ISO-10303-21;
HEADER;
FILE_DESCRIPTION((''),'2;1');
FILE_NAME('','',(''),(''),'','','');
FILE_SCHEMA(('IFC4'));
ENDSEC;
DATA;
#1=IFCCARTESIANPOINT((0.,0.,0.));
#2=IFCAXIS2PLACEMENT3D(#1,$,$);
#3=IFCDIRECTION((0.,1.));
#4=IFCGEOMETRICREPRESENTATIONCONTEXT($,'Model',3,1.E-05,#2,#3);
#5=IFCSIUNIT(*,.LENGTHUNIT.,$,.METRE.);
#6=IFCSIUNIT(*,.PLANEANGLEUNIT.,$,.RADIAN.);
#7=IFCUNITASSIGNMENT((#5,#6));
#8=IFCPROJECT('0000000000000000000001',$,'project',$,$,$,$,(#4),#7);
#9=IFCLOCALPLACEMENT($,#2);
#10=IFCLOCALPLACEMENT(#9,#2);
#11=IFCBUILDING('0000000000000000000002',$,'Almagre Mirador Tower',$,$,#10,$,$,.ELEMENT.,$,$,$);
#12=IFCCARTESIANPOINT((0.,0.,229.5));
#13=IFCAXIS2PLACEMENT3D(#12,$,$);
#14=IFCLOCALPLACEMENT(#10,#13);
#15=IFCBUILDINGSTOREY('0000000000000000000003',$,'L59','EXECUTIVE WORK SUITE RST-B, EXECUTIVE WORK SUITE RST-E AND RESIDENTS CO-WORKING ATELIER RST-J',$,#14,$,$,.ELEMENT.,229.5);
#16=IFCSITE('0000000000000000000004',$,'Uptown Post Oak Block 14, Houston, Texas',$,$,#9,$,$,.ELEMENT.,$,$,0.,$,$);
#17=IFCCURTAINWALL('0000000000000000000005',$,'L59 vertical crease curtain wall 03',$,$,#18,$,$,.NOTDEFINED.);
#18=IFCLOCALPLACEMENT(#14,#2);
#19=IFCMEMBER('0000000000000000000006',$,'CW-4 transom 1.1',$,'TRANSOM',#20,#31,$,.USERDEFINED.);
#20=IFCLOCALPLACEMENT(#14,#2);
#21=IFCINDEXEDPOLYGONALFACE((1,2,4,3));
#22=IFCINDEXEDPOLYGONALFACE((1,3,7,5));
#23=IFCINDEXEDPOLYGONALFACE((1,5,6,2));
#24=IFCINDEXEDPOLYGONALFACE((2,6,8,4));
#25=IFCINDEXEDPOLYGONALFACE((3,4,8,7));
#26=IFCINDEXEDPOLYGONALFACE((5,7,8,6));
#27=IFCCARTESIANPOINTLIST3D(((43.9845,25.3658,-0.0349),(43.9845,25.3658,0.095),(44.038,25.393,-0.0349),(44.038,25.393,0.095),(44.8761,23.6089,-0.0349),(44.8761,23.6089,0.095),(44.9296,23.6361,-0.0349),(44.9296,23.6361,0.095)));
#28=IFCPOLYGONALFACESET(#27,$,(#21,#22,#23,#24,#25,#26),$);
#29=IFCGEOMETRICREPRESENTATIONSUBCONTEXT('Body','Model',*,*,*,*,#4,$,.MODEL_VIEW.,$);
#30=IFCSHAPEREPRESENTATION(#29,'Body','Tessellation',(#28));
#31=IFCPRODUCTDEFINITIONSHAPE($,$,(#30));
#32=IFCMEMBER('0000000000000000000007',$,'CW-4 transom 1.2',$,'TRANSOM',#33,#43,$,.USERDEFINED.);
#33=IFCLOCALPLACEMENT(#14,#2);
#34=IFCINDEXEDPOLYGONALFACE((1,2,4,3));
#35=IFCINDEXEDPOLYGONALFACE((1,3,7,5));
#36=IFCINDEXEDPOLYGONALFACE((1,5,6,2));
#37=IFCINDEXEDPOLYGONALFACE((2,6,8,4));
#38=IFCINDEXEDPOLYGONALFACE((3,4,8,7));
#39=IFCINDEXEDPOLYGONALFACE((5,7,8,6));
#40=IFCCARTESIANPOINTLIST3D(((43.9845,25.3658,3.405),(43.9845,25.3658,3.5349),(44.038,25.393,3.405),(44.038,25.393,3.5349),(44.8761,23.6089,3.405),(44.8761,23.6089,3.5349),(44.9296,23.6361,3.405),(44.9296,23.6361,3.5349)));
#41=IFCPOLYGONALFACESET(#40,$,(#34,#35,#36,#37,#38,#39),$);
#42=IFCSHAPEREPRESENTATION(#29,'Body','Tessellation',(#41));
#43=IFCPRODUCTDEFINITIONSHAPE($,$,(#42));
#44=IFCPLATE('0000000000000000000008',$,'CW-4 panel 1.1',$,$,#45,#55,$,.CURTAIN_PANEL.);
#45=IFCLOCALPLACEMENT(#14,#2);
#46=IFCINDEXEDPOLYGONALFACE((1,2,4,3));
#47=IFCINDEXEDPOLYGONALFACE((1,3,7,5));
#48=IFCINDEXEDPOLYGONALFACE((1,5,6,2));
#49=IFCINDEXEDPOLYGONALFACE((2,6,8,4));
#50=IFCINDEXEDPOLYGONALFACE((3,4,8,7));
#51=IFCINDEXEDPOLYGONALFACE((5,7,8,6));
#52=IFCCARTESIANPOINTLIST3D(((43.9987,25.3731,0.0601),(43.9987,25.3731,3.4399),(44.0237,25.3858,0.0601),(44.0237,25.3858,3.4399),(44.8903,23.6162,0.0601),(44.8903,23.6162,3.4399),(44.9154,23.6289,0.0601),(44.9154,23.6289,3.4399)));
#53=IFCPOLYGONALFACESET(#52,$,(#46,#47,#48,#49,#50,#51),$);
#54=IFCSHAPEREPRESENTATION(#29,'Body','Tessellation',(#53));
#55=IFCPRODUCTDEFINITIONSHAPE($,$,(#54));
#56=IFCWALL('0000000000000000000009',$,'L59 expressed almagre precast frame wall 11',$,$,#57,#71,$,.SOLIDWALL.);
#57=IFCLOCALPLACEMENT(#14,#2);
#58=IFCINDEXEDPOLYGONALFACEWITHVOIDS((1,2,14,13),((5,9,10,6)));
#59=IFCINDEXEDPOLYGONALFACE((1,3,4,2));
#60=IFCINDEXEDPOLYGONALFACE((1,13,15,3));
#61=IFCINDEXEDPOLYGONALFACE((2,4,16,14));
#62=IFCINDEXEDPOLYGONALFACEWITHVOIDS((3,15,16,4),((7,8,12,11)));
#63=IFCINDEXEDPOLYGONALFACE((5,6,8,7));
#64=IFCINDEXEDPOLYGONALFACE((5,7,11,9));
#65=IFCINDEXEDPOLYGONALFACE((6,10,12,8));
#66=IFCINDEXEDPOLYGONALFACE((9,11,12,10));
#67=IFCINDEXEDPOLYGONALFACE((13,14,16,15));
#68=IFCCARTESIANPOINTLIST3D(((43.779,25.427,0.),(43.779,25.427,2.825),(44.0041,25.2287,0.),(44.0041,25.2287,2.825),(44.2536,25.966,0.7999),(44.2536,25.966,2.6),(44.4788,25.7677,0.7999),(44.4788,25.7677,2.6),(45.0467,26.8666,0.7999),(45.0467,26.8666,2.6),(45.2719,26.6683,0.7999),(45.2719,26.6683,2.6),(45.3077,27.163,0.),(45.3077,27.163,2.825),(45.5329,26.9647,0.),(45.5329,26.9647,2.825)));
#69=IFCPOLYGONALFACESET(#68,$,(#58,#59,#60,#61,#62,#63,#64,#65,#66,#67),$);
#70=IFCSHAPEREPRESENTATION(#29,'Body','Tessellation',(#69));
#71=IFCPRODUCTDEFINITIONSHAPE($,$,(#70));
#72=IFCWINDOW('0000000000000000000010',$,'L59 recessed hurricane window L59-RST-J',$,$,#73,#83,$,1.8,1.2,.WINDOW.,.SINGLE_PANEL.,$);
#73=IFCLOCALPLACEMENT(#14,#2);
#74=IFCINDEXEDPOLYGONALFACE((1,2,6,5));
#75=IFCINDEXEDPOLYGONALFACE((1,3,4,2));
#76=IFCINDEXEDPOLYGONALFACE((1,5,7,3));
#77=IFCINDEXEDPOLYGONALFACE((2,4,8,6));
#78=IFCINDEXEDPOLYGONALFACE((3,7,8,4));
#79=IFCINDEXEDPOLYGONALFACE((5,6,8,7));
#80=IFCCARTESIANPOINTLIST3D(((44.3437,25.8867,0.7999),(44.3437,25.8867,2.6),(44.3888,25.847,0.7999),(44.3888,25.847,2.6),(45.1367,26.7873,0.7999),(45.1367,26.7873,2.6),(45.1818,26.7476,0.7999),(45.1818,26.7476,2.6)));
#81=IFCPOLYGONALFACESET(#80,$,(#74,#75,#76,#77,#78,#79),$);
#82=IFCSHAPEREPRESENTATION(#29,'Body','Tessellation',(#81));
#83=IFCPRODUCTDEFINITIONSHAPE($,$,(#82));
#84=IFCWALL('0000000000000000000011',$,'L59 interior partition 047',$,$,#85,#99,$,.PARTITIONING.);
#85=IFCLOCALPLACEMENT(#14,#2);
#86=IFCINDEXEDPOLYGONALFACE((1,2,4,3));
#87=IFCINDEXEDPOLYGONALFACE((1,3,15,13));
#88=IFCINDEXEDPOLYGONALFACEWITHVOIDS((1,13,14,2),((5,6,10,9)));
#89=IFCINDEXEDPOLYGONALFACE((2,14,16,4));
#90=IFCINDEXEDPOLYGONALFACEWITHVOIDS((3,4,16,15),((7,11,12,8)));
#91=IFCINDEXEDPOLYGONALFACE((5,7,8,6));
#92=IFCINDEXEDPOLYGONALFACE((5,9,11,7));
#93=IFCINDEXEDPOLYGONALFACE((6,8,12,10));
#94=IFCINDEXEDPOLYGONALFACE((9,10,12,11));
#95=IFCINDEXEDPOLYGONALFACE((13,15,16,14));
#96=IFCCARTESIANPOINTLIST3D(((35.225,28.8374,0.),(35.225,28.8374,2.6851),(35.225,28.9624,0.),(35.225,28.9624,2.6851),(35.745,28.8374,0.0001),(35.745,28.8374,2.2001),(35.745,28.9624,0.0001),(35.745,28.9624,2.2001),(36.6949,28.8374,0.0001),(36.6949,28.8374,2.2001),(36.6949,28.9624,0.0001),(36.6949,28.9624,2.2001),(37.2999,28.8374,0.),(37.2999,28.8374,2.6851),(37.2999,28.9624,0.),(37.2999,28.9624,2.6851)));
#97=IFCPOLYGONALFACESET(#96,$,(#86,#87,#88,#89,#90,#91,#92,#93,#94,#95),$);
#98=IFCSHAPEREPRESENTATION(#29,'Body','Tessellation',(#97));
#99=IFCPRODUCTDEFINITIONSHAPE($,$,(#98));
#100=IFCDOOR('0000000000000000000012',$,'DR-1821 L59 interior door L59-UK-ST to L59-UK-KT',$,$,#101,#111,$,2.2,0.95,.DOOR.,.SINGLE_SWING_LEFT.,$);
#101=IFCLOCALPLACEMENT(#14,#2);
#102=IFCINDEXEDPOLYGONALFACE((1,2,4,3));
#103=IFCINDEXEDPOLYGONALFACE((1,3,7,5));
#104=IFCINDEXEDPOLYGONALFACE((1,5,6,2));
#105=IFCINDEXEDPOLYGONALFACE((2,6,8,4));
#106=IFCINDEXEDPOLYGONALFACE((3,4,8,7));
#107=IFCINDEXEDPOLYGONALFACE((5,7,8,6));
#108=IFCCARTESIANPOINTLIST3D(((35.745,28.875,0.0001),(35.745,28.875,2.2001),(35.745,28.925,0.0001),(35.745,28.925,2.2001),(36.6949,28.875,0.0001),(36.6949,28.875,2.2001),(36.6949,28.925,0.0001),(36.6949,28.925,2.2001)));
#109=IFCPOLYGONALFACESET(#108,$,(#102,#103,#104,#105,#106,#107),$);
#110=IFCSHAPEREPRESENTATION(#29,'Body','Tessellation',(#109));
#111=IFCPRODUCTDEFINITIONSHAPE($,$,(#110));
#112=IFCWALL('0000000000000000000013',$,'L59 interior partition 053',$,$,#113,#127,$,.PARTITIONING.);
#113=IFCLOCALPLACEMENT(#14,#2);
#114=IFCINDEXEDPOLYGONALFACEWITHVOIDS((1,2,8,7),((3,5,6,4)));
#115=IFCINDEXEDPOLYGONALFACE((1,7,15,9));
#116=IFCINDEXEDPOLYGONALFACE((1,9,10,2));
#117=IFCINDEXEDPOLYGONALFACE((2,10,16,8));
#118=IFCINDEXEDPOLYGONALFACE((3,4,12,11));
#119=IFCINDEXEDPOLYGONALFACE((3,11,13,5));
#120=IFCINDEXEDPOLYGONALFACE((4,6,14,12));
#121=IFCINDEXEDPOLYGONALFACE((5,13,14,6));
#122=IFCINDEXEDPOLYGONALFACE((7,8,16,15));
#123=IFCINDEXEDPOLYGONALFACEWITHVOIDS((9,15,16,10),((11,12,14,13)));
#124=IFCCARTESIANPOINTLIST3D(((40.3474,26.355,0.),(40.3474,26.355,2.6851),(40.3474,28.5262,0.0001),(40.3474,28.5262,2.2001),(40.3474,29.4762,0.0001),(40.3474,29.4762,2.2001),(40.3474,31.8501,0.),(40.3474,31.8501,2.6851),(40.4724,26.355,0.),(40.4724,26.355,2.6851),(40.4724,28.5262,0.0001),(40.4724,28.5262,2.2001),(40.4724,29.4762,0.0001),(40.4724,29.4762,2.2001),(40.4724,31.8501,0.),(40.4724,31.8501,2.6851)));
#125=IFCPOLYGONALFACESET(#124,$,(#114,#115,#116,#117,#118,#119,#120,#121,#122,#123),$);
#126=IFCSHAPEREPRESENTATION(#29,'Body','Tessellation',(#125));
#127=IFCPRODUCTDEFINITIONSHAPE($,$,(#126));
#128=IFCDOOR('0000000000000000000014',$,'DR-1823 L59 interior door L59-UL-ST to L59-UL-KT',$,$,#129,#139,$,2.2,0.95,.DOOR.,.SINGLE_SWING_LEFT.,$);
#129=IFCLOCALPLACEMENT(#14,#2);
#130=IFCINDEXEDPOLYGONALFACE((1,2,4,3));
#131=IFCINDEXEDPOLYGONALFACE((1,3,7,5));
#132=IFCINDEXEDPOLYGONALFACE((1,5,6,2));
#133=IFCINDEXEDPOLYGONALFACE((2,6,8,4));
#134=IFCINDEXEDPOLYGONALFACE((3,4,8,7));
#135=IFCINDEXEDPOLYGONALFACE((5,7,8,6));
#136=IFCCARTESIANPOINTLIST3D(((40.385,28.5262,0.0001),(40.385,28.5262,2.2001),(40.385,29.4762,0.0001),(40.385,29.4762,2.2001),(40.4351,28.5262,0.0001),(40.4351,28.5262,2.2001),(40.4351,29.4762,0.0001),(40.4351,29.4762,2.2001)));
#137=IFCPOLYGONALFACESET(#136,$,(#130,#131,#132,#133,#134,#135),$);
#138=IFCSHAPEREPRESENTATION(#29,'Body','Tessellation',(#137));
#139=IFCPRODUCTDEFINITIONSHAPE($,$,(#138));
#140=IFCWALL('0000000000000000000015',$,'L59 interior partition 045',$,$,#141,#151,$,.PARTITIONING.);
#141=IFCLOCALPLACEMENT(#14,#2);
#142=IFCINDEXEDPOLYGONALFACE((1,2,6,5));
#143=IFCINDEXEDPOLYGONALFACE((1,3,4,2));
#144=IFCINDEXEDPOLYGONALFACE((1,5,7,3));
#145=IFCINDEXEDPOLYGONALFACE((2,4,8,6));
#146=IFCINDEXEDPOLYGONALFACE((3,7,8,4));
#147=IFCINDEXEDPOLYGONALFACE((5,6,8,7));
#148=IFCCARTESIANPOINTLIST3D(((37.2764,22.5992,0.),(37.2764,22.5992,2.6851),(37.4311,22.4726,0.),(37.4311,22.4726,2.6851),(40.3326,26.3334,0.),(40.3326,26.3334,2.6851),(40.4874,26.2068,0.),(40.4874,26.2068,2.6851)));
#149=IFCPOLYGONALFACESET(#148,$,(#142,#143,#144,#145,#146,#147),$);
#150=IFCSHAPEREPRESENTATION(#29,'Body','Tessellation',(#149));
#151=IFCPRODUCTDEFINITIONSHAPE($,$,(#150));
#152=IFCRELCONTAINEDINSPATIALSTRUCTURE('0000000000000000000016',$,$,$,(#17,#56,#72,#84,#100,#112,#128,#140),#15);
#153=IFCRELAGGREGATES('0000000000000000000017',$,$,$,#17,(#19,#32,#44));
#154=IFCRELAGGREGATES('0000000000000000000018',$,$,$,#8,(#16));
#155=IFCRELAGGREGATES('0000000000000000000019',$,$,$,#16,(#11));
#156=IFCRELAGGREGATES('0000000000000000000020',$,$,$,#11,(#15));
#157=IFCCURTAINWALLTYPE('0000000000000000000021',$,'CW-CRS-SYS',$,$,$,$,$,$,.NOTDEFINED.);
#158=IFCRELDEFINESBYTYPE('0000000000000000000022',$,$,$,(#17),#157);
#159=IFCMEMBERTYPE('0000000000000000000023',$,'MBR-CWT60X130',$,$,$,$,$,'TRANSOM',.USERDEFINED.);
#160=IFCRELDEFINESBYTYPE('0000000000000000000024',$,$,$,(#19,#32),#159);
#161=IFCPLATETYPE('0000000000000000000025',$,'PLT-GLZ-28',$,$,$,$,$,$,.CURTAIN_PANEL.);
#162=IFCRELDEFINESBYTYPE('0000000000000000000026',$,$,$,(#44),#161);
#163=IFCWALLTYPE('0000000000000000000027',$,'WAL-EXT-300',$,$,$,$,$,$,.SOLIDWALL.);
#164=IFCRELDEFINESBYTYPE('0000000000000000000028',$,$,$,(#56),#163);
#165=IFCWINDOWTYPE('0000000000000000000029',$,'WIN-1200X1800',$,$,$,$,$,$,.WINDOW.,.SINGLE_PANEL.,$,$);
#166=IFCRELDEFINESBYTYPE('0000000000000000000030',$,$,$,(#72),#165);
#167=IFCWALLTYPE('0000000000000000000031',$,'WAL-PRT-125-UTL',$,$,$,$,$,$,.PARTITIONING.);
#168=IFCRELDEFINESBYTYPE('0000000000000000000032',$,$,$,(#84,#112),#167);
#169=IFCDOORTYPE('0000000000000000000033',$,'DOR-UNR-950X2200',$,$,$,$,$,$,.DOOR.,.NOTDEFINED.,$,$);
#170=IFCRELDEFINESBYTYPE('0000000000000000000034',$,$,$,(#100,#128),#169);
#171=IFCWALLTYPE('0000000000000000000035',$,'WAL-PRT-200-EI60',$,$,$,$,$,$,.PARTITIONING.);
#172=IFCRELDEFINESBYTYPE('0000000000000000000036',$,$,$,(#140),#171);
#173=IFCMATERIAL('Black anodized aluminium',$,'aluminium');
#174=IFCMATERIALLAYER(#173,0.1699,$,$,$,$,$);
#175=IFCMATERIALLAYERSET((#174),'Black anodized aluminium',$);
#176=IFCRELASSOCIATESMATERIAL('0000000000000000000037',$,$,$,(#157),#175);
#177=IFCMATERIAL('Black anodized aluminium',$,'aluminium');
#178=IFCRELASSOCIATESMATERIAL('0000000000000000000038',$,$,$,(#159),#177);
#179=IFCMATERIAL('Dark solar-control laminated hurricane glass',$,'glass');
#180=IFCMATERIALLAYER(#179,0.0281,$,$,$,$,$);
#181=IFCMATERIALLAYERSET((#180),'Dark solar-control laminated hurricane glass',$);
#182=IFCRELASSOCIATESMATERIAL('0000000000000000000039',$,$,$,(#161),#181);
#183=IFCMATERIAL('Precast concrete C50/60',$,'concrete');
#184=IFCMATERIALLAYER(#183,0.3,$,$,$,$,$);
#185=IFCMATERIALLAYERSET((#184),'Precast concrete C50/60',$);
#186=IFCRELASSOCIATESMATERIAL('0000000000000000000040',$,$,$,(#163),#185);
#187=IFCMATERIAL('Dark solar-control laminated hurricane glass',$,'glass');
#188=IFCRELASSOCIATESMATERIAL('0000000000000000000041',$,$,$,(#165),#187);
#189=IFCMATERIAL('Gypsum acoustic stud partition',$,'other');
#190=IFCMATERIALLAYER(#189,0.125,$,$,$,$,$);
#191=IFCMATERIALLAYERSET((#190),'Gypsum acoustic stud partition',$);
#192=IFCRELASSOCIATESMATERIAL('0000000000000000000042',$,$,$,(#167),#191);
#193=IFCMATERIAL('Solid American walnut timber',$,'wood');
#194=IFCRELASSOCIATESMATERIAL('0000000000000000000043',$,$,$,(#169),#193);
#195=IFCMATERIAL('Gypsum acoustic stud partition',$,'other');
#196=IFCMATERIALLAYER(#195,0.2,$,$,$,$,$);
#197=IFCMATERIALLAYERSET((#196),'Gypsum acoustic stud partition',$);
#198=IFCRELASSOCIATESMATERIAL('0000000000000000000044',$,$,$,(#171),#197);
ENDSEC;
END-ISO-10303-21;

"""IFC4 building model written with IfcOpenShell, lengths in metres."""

from ifc_helpers import new_model, si_unit, direction, frame, frame_2d, origin, origin_2d, place, context, subcontext, project, spatial, rectangle, extrude, material, layer, layer_set, material_profile, profile_set, type_object, element, fill, aggregate, save


model = new_model("IFC4")

# Units and contexts
model_context = context("Model", 3, precision=1e-05, world=origin(), true_north=direction((0.0, 1.0)))
body_context = subcontext(model_context, "Body", "Model", "MODEL_VIEW")
ifc_project = project(units=[si_unit("LENGTHUNIT", "METRE"), si_unit("PLANEANGLEUNIT", "RADIAN")], contexts=[model_context])

# Site, building, storey
site_placement = place(None, origin())
site = spatial("IfcSite", under=ifc_project, at=site_placement, Name="Uptown Post Oak Block 14, Houston, Texas", CompositionType="ELEMENT", RefElevation=0.0)
building_placement = place(site_placement, origin())
building = spatial("IfcBuilding", under=site, at=building_placement, Name="Almagre Mirador Tower", CompositionType="ELEMENT")
storey_placement = place(building_placement, frame((0.0, 0.0, 229.5)))
storey = spatial("IfcBuildingStorey", under=building, at=storey_placement, Name="L59", Description="EXECUTIVE WORK SUITE RST-B, EXECUTIVE WORK SUITE RST-E AND RESIDENTS CO-WORKING ATELIER RST-J", CompositionType="ELEMENT", Elevation=229.5)

# Curtain wall, members, plate
ifc_material_1 = material(Name="Black anodized aluminium", Category="aluminium")
ifc_layer_1 = layer(ifc_material_1, 0.1699)
ifc_layer_set_1 = layer_set([ifc_layer_1], Name="Black anodized aluminium")
curtain_wall_type = type_object("IfcCurtainWallType", Name="CW-CRS-SYS", PredefinedType="NOTDEFINED", material=ifc_layer_set_1)
curtain_wall_placement = place(storey_placement, origin())
curtain_wall = element("IfcCurtainWall", 1, at=curtain_wall_placement, inside=storey, type_object=curtain_wall_type, Name="L59 vertical crease curtain wall 03", PredefinedType="NOTDEFINED")
ifc_material_2 = material(Name="Black anodized aluminium", Category="aluminium")
ifc_material_profile_1 = material_profile(ifc_material_2, rectangle(XDim=0.0601, YDim=0.1299, at=origin_2d()), Name="CWT60X130")
ifc_profile_set_1 = profile_set([ifc_material_profile_1], Name="Black anodized aluminium")
member_type_1 = type_object("IfcMemberType", Name="MBR-CWT60X130", ElementType="TRANSOM", PredefinedType="USERDEFINED", material=ifc_profile_set_1)
member_1_placement = place(storey_placement, frame((44.0112, 25.3794, 0.03), z_axis=(0.452559, -0.891734, 0.0), x_axis=(0.891734, 0.452559, 0.0)))
member_1 = element("IfcMember", 2, at=member_1_placement, type_object=member_type_1, Name="CW-4 transom 1.1", ObjectType="TRANSOM", PredefinedType="USERDEFINED", context=body_context, shape_type="SweptSolid", body=[
    extrude(rectangle(XDim=0.0601, YDim=0.1299, at=origin_2d()), origin(), (0.0, 0.0, 1.0), 1.9702),
])
member_2_placement = place(storey_placement, frame((44.0112, 25.3794, 3.47), z_axis=(0.452559, -0.891734, 0.0), x_axis=(0.891734, 0.452559, 0.0)))
member_2 = element("IfcMember", 3, at=member_2_placement, type_object=member_type_1, Name="CW-4 transom 1.2", ObjectType="TRANSOM", PredefinedType="USERDEFINED", context=body_context, shape_type="SweptSolid", body=[
    extrude(rectangle(XDim=0.0601, YDim=0.1299, at=origin_2d()), origin(), (0.0, 0.0, 1.0), 1.9702),
])
ifc_material_3 = material(Name="Dark solar-control laminated hurricane glass", Category="glass")
ifc_layer_2 = layer(ifc_material_3, 0.0281)
ifc_layer_set_2 = layer_set([ifc_layer_2], Name="Dark solar-control laminated hurricane glass")
plate_type = type_object("IfcPlateType", Name="PLT-GLZ-28", PredefinedType="CURTAIN_PANEL", material=ifc_layer_set_2)
plate_placement = place(storey_placement, frame((44.457, 24.501, 0.0601), z_axis=(0.0, 0.0, 1.0), x_axis=(0.452564, -0.891732, 0.0)))
plate = element("IfcPlate", 4, at=plate_placement, type_object=plate_type, Name="CW-4 panel 1.1", PredefinedType="CURTAIN_PANEL", context=body_context, shape_type="SweptSolid", body=[
    extrude(rectangle(XDim=1.9702, YDim=0.0281, at=origin_2d()), origin(), (0.0, 0.0, 1.0), 3.3799),
])
aggregate(curtain_wall, [member_1, member_2, plate])

# Wall, opening, window
ifc_material_4 = material(Name="Precast concrete C50/60", Category="concrete")
ifc_layer_3 = layer(ifc_material_4, 0.3)
ifc_layer_set_3 = layer_set([ifc_layer_3], Name="Precast concrete C50/60")
wall_type_1 = type_object("IfcWallType", Name="WAL-EXT-300", PredefinedType="SOLIDWALL", material=ifc_layer_set_3)
wall_1_placement = place(storey_placement, frame((45.4204, 27.064, 0.0), z_axis=(0.0, 0.0, 1.0), x_axis=(-0.660885, -0.750487, 0.0)))
wall_1 = element("IfcWall", 5, at=wall_1_placement, inside=storey, type_object=wall_type_1, Name="L59 expressed almagre precast frame wall 11", PredefinedType="SOLIDWALL", context=body_context, shape_type="SweptSolid", body=[
    extrude(rectangle(XDim=2.3132, YDim=0.3, at=frame_2d((1.1567, 0.0))), origin(), (0.0, 0.0, 1.0), 2.825),
])
opening_1_placement = place(wall_1_placement, frame((0.395, 0.0, 0.8)))
opening_1 = element("IfcOpeningElement", 6, at=opening_1_placement, cuts=wall_1, PredefinedType="OPENING", context=body_context, shape_type="SweptSolid", body=[
    extrude(rectangle(XDim=1.2, YDim=1.8, at=frame_2d((0.6001, 0.8999))), frame((0.0, 0.1599, 0.0), z_axis=(0.0, -1.0, 0.0), x_axis=(1.0, 0.0, 0.0)), (0.0, 0.0, 1.0), 0.32),
])
ifc_material_5 = material(Name="Dark solar-control laminated hurricane glass", Category="glass")
window_type = type_object("IfcWindowType", Name="WIN-1200X1800", PartitioningType="SINGLE_PANEL", PredefinedType="WINDOW", material=ifc_material_5)
window_placement = place(opening_1_placement, origin())
window = element("IfcWindow", 7, at=window_placement, inside=storey, type_object=window_type, Name="L59 recessed hurricane window L59-RST-J", OverallHeight=1.8, OverallWidth=1.2, PartitioningType="SINGLE_PANEL", PredefinedType="WINDOW", context=body_context, shape_type="SweptSolid", body=[
    extrude(rectangle(XDim=1.2, YDim=1.8, at=frame_2d((0.6001, 0.8999))), frame((0.0, 0.03, 0.0), z_axis=(0.0, -1.0, 0.0), x_axis=(1.0, 0.0, 0.0)), (0.0, 0.0, 1.0), 0.0601),
])
fill(opening_1, window)

# Walls, openings, doors
ifc_material_6 = material(Name="Gypsum acoustic stud partition", Category="other")
ifc_layer_4 = layer(ifc_material_6, 0.125)
ifc_layer_set_4 = layer_set([ifc_layer_4], Name="Gypsum acoustic stud partition")
wall_type_2 = type_object("IfcWallType", Name="WAL-PRT-125-UTL", PredefinedType="PARTITIONING", material=ifc_layer_set_4)
wall_2_placement = place(storey_placement, frame((37.3, 28.8999, 0.0), z_axis=(0.0, 0.0, 1.0), x_axis=(-1.0, 0.0, 0.0)))
wall_2 = element("IfcWall", 8, at=wall_2_placement, inside=storey, type_object=wall_type_2, Name="L59 interior partition 047", PredefinedType="PARTITIONING", context=body_context, shape_type="SweptSolid", body=[
    extrude(rectangle(XDim=2.075, YDim=0.125, at=frame_2d((1.0376, 0.0))), origin(), (0.0, 0.0, 1.0), 2.6851),
])
opening_2_placement = place(wall_2_placement, frame((0.605, 0.0, 0.0)))
opening_2 = element("IfcOpeningElement", 9, at=opening_2_placement, cuts=wall_2, PredefinedType="OPENING", context=body_context, shape_type="SweptSolid", body=[
    extrude(rectangle(XDim=0.95, YDim=2.2, at=frame_2d((0.4751, 1.1001))), frame((0.0, 0.0725, 0.0), z_axis=(0.0, -1.0, 0.0), x_axis=(1.0, 0.0, 0.0)), (0.0, 0.0, 1.0), 0.145),
])
ifc_material_7 = material(Name="Solid American walnut timber", Category="wood")
door_type_1 = type_object("IfcDoorType", Name="DOR-UNR-950X2200", OperationType="NOTDEFINED", PredefinedType="DOOR", material=ifc_material_7)
door_1_placement = place(opening_2_placement, origin())
door_1 = element("IfcDoor", 10, at=door_1_placement, inside=storey, type_object=door_type_1, Name="DR-1821 L59 interior door L59-UK-ST to L59-UK-KT", OperationType="SINGLE_SWING_LEFT", OverallHeight=2.2, OverallWidth=0.95, PredefinedType="DOOR", context=body_context, shape_type="SweptSolid", body=[
    extrude(rectangle(XDim=0.95, YDim=2.2, at=frame_2d((0.4751, 1.1001))), frame((0.0, 0.0249, 0.0), z_axis=(0.0, -1.0, 0.0), x_axis=(1.0, 0.0, 0.0)), (0.0, 0.0, 1.0), 0.05),
])
fill(opening_2, door_1)
wall_3_placement = place(storey_placement, frame((40.4099, 26.355, 0.0), z_axis=(0.0, 0.0, 1.0), x_axis=(0.0, 1.0, 0.0)))
wall_3 = element("IfcWall", 11, at=wall_3_placement, inside=storey, type_object=wall_type_2, Name="L59 interior partition 053", PredefinedType="PARTITIONING", context=body_context, shape_type="SweptSolid", body=[
    extrude(rectangle(XDim=5.4951, YDim=0.125, at=frame_2d((2.7476, 0.0))), origin(), (0.0, 0.0, 1.0), 2.6851),
])
opening_3_placement = place(wall_3_placement, frame((2.1711, 0.0, 0.0)))
opening_3 = element("IfcOpeningElement", 12, at=opening_3_placement, cuts=wall_3, PredefinedType="OPENING", context=body_context, shape_type="SweptSolid", body=[
    extrude(rectangle(XDim=0.95, YDim=2.2, at=frame_2d((0.4751, 1.1001))), frame((0.0, 0.0725, 0.0), z_axis=(0.0, -1.0, 0.0), x_axis=(1.0, 0.0, 0.0)), (0.0, 0.0, 1.0), 0.145),
])
door_2_placement = place(opening_3_placement, origin())
door_2 = element("IfcDoor", 13, at=door_2_placement, inside=storey, type_object=door_type_1, Name="DR-1823 L59 interior door L59-UL-ST to L59-UL-KT", OperationType="SINGLE_SWING_LEFT", OverallHeight=2.2, OverallWidth=0.95, PredefinedType="DOOR", context=body_context, shape_type="SweptSolid", body=[
    extrude(rectangle(XDim=0.95, YDim=2.2, at=frame_2d((0.4751, 1.1001))), frame((0.0, 0.0249, 0.0), z_axis=(0.0, -1.0, 0.0), x_axis=(1.0, 0.0, 0.0)), (0.0, 0.0, 1.0), 0.05),
])
fill(opening_3, door_2)

# Wall
ifc_material_8 = material(Name="Gypsum acoustic stud partition", Category="other")
ifc_layer_5 = layer(ifc_material_8, 0.2)
ifc_layer_set_5 = layer_set([ifc_layer_5], Name="Gypsum acoustic stud partition")
wall_type_3 = type_object("IfcWallType", Name="WAL-PRT-200-EI60", PredefinedType="PARTITIONING", material=ifc_layer_set_5)
wall_4_placement = place(storey_placement, frame((40.4099, 26.27, 0.0), z_axis=(0.0, 0.0, 1.0), x_axis=(-0.633356, -0.77386, 0.0)))
element("IfcWall", 14, at=wall_4_placement, inside=storey, type_object=wall_type_3, Name="L59 interior partition 045", PredefinedType="PARTITIONING", context=body_context, shape_type="SweptSolid", body=[
    extrude(rectangle(XDim=4.8254, YDim=0.2, at=frame_2d((2.4126, 0.0))), origin(), (0.0, 0.0, 1.0), 2.6851),
])

save(model, "model.ifc")
